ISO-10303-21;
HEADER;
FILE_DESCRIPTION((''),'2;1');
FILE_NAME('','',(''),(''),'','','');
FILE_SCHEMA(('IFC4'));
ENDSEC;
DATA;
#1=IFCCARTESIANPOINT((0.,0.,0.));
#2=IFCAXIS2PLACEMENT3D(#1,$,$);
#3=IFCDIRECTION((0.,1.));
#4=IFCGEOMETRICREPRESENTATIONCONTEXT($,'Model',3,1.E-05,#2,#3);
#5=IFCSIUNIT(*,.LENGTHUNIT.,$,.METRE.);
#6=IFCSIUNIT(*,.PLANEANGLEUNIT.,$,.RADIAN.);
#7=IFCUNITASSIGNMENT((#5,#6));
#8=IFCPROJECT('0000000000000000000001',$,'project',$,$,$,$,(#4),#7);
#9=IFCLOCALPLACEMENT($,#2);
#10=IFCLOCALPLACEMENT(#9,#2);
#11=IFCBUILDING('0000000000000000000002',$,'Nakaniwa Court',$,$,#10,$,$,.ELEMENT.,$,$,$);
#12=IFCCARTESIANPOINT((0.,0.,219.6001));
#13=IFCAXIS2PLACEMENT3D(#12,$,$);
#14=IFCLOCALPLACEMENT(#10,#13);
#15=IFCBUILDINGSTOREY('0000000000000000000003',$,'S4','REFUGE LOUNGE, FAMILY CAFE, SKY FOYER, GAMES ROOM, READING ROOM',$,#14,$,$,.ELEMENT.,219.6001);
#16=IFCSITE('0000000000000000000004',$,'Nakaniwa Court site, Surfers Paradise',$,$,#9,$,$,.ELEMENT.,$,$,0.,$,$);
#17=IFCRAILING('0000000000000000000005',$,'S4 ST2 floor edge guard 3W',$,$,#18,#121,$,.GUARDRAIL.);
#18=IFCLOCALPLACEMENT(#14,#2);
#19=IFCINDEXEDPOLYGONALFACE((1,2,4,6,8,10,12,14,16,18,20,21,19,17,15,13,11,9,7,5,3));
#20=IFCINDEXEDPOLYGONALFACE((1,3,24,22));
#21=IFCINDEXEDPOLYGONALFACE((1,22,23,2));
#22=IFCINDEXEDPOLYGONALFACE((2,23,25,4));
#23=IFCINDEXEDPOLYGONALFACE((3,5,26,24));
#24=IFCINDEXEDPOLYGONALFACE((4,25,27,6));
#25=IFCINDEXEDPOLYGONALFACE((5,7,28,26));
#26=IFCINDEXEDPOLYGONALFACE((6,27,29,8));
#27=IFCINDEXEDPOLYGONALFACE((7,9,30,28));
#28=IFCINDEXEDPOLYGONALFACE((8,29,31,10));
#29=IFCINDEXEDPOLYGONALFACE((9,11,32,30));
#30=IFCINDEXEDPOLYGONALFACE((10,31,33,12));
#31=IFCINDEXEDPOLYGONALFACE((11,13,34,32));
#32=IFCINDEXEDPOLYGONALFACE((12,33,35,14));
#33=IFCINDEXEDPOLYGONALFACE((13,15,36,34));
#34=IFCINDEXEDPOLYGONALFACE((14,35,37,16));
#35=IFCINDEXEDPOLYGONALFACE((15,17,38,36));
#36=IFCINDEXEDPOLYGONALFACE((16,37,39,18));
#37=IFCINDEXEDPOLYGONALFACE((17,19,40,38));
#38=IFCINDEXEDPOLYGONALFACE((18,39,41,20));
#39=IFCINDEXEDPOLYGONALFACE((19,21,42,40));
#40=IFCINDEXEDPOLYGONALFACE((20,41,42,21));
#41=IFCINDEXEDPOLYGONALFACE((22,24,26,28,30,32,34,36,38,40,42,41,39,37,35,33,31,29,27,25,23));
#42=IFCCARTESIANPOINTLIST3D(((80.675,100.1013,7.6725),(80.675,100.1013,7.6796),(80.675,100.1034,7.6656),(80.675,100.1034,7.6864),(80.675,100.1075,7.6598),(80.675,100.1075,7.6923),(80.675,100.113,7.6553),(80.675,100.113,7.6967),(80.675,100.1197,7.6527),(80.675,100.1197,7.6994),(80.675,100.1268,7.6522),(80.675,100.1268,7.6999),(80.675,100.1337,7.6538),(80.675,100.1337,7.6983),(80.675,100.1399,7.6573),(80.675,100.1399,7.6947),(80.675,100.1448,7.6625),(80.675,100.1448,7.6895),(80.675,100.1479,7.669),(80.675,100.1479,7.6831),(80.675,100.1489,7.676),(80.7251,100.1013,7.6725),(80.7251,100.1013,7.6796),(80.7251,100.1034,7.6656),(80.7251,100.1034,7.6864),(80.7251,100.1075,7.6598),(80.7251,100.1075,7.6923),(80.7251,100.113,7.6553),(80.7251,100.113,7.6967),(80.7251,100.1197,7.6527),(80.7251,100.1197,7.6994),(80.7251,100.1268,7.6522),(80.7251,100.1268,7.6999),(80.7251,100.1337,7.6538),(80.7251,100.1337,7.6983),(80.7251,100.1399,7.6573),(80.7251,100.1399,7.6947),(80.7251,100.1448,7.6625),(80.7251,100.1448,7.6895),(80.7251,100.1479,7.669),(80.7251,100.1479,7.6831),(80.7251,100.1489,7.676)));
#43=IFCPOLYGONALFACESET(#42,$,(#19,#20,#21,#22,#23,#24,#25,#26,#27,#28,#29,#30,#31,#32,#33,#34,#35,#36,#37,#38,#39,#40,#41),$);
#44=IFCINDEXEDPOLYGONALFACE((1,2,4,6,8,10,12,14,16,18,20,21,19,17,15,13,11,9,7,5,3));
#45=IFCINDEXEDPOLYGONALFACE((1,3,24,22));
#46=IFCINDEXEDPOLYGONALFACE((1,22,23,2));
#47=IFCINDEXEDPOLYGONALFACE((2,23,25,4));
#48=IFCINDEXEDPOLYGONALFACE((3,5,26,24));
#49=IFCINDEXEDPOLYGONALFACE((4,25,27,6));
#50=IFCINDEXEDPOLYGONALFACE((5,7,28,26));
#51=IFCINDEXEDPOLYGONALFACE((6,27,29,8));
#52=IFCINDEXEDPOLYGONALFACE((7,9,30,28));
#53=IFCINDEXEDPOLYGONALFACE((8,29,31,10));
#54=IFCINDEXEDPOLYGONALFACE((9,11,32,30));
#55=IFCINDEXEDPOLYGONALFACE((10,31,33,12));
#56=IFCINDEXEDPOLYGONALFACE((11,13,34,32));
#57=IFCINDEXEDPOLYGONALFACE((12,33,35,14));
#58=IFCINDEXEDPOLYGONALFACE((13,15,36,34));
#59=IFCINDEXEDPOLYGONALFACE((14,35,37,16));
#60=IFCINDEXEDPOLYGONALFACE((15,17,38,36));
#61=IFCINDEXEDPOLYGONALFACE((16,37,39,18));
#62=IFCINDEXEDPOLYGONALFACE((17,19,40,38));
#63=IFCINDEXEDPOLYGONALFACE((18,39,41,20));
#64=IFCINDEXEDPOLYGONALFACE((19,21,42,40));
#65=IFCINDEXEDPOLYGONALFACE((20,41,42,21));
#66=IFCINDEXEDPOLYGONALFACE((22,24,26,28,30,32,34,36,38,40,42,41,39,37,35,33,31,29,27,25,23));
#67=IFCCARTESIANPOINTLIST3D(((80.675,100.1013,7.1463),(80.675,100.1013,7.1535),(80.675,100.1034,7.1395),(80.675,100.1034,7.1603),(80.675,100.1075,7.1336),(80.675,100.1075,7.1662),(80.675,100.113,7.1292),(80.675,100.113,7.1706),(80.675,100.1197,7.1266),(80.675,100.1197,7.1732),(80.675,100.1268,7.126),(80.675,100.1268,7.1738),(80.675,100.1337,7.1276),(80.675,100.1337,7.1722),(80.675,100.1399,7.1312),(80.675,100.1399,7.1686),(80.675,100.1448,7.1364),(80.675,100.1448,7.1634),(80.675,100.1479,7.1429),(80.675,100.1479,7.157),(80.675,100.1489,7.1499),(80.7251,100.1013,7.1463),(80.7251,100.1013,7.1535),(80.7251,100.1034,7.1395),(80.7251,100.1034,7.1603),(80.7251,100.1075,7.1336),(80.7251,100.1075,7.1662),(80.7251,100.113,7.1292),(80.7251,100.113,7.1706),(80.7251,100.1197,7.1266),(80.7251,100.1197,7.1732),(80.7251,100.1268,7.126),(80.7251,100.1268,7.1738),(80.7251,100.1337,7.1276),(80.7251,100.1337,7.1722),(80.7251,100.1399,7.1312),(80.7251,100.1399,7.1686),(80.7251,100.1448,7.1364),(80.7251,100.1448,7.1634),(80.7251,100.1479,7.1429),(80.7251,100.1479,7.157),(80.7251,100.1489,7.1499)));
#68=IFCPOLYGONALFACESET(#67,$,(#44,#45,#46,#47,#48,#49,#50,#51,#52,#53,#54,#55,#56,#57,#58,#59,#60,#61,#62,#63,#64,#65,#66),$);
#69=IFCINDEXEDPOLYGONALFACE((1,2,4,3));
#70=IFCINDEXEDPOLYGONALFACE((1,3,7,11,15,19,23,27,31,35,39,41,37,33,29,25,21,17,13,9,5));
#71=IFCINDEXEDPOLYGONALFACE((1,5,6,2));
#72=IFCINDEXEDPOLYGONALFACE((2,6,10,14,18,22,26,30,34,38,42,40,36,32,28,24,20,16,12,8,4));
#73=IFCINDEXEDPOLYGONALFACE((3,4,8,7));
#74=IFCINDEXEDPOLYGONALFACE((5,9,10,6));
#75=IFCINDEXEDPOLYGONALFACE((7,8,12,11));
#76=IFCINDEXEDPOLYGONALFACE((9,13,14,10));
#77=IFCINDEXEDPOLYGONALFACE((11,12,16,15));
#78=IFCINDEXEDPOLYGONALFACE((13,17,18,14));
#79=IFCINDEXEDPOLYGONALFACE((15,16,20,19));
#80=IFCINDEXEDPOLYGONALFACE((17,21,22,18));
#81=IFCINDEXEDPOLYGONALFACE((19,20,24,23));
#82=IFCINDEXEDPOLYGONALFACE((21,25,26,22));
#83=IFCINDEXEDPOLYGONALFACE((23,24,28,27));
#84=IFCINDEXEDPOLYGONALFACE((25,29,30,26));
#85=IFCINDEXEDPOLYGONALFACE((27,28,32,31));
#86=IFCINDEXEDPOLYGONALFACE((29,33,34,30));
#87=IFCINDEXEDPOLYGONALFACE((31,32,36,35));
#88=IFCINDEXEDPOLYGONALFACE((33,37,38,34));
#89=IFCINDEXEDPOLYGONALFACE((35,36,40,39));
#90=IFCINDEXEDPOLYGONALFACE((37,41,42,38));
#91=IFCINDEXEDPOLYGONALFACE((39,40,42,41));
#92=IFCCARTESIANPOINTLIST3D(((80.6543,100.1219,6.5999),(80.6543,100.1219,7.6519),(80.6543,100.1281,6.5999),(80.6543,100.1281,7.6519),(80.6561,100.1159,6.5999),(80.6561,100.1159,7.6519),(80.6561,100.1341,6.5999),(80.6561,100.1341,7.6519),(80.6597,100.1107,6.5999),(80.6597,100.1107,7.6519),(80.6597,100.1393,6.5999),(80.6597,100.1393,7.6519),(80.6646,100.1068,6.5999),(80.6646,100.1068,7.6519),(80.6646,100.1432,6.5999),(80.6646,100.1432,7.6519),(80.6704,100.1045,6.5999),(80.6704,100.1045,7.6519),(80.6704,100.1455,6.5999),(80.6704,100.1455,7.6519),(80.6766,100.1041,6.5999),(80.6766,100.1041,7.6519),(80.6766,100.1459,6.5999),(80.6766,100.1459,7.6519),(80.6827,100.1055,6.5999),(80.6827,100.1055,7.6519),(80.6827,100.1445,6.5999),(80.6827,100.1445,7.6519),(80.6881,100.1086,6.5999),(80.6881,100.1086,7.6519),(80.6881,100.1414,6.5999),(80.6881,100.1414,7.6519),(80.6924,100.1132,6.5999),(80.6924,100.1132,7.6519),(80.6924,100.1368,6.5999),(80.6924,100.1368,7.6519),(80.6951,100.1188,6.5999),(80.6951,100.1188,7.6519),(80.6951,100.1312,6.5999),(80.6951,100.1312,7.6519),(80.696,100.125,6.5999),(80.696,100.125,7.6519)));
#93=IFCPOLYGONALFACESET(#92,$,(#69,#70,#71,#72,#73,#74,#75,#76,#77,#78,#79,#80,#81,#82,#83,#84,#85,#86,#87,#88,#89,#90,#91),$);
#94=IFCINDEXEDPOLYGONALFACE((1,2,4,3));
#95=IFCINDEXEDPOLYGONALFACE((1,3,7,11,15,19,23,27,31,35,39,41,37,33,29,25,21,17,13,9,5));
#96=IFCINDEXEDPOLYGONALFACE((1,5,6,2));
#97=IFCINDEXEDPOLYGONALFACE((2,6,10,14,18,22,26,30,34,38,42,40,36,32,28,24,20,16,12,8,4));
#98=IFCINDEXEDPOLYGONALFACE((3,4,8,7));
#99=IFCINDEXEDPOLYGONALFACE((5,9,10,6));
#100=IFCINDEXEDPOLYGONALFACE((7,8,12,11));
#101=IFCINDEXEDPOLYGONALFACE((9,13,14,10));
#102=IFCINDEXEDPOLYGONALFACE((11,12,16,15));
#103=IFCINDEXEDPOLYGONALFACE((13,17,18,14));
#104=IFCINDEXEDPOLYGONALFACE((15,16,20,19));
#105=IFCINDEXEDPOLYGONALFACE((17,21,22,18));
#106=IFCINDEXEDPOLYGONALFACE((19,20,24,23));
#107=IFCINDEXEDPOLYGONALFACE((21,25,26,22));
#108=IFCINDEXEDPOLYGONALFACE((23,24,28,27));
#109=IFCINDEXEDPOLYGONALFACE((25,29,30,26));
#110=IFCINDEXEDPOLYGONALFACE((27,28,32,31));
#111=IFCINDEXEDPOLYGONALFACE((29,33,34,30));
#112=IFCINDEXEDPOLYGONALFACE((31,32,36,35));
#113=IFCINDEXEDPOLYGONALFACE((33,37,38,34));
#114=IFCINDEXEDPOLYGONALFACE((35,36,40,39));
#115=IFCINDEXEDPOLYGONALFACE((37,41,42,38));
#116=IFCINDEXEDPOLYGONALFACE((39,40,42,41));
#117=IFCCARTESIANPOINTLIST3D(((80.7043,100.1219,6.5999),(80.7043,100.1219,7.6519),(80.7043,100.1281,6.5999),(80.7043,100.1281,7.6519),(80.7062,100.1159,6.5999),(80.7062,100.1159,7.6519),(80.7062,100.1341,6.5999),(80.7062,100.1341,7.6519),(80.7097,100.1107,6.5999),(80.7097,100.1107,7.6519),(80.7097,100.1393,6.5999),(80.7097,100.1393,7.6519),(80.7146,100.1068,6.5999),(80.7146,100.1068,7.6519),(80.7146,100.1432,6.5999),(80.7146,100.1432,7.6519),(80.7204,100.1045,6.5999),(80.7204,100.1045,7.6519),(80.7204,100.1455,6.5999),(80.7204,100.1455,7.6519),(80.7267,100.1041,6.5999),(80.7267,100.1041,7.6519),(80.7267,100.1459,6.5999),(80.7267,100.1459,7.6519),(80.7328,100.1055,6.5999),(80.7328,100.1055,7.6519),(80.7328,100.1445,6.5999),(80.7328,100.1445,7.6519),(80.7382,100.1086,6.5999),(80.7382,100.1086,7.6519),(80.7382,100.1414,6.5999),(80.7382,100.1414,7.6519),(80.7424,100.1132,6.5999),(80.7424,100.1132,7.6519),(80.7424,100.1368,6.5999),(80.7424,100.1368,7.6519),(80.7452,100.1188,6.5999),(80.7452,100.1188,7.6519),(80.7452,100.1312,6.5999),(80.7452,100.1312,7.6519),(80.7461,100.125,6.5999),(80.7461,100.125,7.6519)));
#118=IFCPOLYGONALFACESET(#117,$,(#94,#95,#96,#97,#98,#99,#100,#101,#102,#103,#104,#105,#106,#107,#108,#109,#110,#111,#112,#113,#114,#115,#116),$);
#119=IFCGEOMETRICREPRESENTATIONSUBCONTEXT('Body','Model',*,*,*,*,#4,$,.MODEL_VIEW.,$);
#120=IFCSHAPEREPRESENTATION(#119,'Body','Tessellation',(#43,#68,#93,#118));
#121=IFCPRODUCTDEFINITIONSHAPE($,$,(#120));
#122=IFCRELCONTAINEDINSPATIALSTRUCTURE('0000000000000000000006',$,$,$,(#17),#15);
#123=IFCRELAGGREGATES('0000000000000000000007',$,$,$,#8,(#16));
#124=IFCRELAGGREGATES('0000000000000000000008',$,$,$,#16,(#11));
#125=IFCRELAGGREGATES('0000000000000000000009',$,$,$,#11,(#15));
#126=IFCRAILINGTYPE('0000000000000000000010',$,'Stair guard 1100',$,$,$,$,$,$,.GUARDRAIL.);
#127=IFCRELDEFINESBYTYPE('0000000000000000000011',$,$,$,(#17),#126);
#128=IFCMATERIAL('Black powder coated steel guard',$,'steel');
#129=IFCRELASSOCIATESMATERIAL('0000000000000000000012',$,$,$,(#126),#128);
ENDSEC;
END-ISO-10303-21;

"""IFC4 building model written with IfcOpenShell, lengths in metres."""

from ifc_helpers import new_model, si_unit, direction, frame, origin, origin_2d, place, context, subcontext, project, spatial, circle, extrude, material, type_object, element, save


model = new_model("IFC4")

# Units and contexts
model_context = context("Model", 3, precision=1e-05, world=origin(), true_north=direction((0.0, 1.0)))
body_context = subcontext(model_context, "Body", "Model", "MODEL_VIEW")
ifc_project = project(units=[si_unit("LENGTHUNIT", "METRE"), si_unit("PLANEANGLEUNIT", "RADIAN")], contexts=[model_context])

# Site, building, storey
site_placement = place(None, origin())
site = spatial("IfcSite", under=ifc_project, at=site_placement, Name="Nakaniwa Court site, Surfers Paradise", CompositionType="ELEMENT", RefElevation=0.0)
building_placement = place(site_placement, origin())
building = spatial("IfcBuilding", under=site, at=building_placement, Name="Nakaniwa Court", CompositionType="ELEMENT")
storey_placement = place(building_placement, frame((0.0, 0.0, 219.6001)))
storey = spatial("IfcBuildingStorey", under=building, at=storey_placement, Name="S4", Description="REFUGE LOUNGE, FAMILY CAFE, SKY FOYER, GAMES ROOM, READING ROOM", CompositionType="ELEMENT", Elevation=219.6001)

# Railing
ifc_material_1 = material(Name="Black powder coated steel guard", Category="steel")
railing_type_1 = type_object("IfcRailingType", Name="Stair guard 1100", PredefinedType="GUARDRAIL", material=ifc_material_1)
for number, where, name in (
    (1, (80.675, 100.125, 6.5999), "S4 ST2 floor edge guard 3W"),
):
    element("IfcRailing", number, at=place(storey_placement, frame(where)), inside=storey, type_object=railing_type_1, Name=name, PredefinedType="GUARDRAIL", context=body_context, shape_type="SweptSolid", body=[
        extrude(circle(Radius=0.0239, at=origin_2d()), frame((0.0, 0.0, 1.0762), z_axis=(1.0, 0.0, 0.0), x_axis=(0.0, 1.0, 0.0)), (0.0, 0.0, 1.0), 0.05),
        extrude(circle(Radius=0.0239, at=origin_2d()), frame((0.0, 0.0, 0.55), z_axis=(1.0, 0.0, 0.0), x_axis=(0.0, 1.0, 0.0)), (0.0, 0.0, 1.0), 0.05),
        extrude(circle(Radius=0.021, at=origin_2d()), origin(), (0.0, 0.0, 1.0), 1.052),
        extrude(circle(Radius=0.021, at=origin_2d()), frame((0.05, 0.0, 0.0)), (0.0, 0.0, 1.0), 1.052),
    ])

save(model, "model.ifc")
